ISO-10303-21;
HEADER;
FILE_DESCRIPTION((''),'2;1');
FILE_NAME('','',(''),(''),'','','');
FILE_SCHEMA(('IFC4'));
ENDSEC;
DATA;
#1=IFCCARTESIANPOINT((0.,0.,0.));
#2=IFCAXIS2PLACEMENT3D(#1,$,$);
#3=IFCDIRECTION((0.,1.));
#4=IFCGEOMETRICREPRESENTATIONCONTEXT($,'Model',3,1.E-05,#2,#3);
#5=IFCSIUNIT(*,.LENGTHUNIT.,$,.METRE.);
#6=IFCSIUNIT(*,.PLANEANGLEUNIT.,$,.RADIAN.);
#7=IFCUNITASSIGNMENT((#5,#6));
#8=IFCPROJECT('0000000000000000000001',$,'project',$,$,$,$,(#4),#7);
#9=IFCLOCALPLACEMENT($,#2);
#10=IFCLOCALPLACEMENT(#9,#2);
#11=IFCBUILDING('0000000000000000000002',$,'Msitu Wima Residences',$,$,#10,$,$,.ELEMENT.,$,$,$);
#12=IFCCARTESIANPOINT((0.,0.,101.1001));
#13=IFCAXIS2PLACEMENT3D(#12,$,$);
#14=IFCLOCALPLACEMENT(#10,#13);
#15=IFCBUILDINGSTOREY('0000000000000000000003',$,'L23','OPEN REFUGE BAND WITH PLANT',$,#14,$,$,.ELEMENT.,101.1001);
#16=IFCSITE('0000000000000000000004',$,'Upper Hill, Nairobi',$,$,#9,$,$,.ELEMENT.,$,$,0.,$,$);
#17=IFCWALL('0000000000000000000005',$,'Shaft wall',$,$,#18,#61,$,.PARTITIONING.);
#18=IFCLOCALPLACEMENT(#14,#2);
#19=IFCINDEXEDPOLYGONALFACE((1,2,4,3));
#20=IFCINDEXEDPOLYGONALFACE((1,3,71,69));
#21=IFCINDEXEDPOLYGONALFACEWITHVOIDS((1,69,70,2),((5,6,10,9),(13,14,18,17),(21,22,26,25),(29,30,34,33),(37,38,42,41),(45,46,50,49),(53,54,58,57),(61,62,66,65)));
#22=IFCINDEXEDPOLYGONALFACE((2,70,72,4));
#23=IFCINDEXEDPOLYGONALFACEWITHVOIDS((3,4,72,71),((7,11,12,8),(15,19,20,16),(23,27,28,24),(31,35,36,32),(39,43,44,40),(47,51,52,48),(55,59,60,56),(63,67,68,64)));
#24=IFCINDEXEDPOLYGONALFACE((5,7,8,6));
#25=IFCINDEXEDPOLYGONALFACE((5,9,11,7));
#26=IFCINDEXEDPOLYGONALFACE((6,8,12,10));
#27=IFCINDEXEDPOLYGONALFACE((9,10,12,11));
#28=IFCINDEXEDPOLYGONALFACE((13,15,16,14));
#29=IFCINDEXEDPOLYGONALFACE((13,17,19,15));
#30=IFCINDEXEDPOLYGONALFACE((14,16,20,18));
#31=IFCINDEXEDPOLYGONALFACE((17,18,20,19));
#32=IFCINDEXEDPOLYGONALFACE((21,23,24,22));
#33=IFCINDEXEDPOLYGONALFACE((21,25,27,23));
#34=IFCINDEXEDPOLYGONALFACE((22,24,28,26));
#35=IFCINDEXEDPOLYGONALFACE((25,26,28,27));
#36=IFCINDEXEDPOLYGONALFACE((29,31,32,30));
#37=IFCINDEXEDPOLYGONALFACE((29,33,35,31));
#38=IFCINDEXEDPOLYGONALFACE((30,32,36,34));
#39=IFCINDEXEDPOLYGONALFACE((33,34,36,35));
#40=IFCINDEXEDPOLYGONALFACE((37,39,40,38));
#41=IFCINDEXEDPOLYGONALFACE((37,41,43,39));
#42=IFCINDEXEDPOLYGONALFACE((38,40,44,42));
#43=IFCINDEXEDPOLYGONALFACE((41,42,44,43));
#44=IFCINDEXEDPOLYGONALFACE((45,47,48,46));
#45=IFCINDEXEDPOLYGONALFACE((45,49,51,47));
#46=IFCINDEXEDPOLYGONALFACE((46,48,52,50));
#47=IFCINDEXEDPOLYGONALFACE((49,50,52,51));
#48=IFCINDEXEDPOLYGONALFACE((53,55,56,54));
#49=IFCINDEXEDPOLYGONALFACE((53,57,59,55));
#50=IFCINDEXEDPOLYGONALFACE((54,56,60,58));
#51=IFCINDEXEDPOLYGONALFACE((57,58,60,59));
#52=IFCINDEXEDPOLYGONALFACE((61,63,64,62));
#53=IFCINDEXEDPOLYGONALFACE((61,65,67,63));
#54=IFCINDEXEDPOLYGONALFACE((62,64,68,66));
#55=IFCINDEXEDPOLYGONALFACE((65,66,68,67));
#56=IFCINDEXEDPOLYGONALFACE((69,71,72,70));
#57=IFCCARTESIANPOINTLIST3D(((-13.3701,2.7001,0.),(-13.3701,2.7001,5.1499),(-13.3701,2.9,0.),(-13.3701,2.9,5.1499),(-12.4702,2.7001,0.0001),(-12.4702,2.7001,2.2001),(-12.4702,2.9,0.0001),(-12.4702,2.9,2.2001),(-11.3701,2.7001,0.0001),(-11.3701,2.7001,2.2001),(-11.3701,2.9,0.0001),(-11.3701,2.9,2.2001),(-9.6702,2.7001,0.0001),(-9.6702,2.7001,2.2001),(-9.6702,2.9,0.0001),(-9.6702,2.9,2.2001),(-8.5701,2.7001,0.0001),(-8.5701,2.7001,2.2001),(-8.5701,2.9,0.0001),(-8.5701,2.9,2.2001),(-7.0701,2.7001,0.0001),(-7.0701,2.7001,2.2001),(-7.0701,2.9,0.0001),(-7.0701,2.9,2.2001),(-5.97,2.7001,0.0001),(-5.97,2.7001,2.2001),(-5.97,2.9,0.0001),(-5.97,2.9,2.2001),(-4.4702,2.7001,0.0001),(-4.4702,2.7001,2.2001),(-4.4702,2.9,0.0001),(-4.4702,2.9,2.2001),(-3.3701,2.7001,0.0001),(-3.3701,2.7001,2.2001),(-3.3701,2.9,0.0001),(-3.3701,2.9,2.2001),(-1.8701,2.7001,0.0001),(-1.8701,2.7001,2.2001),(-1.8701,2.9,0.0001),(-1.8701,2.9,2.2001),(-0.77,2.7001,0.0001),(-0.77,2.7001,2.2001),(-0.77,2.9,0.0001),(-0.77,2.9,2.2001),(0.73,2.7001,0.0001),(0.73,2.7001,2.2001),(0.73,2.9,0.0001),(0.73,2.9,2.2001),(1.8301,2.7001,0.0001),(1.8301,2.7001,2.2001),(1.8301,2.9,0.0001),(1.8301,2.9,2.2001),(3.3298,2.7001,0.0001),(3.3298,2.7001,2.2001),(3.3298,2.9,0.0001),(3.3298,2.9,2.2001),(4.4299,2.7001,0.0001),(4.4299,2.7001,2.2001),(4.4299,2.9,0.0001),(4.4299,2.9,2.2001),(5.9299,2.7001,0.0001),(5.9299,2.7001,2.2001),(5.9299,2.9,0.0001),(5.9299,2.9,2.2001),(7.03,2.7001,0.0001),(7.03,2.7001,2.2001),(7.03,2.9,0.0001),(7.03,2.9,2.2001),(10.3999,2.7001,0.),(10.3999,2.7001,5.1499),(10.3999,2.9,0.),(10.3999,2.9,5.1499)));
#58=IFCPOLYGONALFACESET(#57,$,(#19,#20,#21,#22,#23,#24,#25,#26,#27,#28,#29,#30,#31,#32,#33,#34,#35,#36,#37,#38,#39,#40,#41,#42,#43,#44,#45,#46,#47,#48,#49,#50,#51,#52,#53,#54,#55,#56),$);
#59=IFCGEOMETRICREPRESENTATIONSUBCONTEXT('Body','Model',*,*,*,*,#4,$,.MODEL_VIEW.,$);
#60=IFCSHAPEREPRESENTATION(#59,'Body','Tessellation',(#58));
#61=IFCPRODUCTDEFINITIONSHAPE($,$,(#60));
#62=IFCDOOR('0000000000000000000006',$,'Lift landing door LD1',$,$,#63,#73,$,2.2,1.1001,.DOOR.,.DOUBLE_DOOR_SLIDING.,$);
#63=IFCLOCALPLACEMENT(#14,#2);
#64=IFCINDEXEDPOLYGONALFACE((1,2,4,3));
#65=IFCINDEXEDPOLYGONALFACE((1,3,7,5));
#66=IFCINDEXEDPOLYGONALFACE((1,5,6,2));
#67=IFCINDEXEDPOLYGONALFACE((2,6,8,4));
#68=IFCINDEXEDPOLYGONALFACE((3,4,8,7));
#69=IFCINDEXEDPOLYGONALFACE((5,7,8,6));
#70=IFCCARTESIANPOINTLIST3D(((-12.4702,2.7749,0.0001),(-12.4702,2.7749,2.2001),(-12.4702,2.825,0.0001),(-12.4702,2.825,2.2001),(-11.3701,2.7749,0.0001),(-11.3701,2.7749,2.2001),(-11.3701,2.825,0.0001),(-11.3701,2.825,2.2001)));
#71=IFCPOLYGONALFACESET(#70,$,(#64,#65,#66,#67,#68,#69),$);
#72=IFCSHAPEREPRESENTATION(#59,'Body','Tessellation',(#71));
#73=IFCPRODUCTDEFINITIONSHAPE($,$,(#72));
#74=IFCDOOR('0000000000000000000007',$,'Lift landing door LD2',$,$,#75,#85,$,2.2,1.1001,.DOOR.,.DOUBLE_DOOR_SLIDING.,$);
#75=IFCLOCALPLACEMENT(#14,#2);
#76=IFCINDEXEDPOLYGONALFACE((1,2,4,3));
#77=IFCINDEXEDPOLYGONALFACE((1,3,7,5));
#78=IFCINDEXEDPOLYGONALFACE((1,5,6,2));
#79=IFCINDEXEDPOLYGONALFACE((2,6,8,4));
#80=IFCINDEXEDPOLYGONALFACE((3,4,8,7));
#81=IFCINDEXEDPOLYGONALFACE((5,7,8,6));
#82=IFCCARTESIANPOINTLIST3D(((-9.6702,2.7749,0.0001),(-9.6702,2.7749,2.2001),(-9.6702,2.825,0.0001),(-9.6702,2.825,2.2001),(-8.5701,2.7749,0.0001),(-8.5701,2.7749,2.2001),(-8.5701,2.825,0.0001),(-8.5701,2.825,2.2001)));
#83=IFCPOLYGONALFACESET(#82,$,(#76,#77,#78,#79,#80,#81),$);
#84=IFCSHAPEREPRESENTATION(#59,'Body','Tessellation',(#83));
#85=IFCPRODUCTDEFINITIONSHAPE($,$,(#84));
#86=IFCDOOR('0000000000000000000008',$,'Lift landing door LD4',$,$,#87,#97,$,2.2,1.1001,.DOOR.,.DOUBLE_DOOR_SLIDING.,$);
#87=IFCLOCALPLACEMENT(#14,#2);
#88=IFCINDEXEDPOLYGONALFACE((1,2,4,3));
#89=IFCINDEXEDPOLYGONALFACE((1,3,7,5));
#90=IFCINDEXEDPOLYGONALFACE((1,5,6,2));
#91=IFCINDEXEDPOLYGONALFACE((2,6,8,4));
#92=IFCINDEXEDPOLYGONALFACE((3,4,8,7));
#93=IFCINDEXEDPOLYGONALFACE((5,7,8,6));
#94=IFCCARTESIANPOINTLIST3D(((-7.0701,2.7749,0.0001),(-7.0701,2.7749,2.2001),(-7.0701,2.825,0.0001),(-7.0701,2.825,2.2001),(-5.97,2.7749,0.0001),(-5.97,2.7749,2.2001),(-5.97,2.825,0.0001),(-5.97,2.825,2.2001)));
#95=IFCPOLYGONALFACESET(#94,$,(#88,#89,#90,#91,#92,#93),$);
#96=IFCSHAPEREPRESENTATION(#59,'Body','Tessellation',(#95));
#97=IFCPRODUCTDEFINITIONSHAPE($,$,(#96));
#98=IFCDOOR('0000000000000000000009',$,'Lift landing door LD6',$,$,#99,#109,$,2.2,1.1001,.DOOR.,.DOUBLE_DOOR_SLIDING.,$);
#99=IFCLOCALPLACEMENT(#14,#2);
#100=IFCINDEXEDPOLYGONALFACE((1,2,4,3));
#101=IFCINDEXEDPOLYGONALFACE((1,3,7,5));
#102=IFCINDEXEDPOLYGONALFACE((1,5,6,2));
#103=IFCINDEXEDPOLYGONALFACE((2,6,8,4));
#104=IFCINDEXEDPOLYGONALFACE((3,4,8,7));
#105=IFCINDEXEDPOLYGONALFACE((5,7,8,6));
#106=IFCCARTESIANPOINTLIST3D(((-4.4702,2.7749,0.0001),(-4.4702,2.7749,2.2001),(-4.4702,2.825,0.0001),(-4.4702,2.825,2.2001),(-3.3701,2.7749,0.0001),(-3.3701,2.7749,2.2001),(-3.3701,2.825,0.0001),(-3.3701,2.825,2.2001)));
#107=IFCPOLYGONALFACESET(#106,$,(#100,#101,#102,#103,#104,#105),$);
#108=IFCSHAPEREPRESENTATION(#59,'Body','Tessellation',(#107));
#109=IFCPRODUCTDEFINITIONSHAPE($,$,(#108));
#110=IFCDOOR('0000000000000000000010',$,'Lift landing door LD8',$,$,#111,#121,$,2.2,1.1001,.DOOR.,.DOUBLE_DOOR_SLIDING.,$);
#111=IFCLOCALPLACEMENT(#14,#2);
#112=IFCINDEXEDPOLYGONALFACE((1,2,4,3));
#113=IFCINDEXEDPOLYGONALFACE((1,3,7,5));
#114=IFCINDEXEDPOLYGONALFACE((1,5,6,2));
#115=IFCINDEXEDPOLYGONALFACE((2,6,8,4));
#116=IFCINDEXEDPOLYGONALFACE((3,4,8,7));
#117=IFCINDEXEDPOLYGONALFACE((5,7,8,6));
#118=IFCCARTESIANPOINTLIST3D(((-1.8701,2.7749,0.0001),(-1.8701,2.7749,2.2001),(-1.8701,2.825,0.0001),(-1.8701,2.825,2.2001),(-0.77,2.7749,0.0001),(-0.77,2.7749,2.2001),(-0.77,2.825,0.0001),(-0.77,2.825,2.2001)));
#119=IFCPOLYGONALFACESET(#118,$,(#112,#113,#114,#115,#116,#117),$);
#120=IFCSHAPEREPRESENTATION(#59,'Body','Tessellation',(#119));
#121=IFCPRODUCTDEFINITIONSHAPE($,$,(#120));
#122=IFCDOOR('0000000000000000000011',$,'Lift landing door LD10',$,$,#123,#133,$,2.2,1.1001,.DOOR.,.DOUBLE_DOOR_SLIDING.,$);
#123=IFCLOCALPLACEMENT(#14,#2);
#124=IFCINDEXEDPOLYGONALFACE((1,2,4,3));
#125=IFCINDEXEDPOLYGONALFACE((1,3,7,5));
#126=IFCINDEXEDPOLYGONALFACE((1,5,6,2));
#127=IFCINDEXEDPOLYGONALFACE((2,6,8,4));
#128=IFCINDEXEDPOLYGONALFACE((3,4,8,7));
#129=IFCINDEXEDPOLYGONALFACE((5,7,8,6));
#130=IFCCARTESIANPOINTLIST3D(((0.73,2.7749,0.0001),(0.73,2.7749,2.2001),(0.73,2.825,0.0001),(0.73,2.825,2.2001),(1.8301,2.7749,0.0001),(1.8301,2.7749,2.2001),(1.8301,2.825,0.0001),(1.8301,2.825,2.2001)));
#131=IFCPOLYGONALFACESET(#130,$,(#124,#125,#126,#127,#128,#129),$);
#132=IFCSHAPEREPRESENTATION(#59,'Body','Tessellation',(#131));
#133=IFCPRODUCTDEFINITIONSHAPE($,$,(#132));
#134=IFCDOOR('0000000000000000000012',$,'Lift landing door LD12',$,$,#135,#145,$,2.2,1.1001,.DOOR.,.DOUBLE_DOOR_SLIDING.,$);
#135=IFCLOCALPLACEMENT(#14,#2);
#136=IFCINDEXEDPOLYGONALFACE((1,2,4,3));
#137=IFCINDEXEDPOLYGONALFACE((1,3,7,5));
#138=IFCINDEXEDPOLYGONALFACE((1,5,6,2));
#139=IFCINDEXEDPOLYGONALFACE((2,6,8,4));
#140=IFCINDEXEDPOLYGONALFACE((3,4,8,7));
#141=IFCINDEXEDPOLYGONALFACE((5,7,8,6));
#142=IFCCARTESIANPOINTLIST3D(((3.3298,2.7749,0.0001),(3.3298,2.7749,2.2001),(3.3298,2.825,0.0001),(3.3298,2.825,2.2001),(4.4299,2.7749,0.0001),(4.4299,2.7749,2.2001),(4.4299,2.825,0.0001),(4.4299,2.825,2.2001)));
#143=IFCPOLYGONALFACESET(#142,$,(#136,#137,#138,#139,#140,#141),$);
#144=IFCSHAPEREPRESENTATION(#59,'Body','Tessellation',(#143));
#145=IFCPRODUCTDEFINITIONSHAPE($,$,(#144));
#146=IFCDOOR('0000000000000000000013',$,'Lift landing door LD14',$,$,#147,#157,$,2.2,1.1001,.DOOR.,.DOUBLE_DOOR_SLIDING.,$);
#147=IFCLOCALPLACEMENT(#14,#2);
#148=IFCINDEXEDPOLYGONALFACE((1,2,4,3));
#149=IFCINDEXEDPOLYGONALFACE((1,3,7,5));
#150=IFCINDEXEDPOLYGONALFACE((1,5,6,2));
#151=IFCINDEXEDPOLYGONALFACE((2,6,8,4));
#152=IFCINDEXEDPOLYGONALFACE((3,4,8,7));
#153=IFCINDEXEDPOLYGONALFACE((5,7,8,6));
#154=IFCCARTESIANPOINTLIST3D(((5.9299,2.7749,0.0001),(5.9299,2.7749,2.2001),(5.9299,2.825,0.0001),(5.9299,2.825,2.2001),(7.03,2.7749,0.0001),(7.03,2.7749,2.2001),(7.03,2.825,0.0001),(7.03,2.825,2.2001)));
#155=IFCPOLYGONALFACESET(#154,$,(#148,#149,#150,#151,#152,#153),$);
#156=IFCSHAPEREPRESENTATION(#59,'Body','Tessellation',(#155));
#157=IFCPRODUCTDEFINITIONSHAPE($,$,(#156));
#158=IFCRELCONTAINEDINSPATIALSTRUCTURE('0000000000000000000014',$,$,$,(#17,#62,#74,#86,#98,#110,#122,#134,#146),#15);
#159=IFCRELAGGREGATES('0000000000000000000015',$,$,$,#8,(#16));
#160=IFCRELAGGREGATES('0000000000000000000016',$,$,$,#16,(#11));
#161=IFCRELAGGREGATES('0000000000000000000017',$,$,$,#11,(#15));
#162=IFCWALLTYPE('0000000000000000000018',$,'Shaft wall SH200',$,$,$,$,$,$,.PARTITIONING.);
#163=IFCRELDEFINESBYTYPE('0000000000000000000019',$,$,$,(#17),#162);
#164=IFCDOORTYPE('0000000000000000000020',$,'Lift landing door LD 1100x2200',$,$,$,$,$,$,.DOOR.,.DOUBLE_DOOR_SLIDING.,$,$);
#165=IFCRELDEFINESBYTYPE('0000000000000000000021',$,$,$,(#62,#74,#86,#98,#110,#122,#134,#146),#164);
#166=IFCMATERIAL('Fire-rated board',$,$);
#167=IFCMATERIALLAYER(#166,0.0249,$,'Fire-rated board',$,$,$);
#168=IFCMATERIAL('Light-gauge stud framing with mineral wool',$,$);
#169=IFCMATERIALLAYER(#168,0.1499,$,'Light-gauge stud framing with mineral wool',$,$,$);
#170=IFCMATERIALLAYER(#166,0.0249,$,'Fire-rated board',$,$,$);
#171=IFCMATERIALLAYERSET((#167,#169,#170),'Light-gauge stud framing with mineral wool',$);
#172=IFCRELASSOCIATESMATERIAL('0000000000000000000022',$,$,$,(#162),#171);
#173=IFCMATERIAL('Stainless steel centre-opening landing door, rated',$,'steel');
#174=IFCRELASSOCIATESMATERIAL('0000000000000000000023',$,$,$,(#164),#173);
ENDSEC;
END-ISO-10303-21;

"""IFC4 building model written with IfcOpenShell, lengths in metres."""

from ifc_helpers import new_model, si_unit, direction, frame, frame_2d, origin, place, context, subcontext, project, spatial, rectangle, extrude, material, layer, layer_set, type_object, element, fill, save


model = new_model("IFC4")

# Units and contexts
model_context = context("Model", 3, precision=1e-05, world=origin(), true_north=direction((0.0, 1.0)))
body_context = subcontext(model_context, "Body", "Model", "MODEL_VIEW")
ifc_project = project(units=[si_unit("LENGTHUNIT", "METRE"), si_unit("PLANEANGLEUNIT", "RADIAN")], contexts=[model_context])

# Site, building, storey
site_placement = place(None, origin())
site = spatial("IfcSite", under=ifc_project, at=site_placement, Name="Upper Hill, Nairobi", CompositionType="ELEMENT", RefElevation=0.0)
building_placement = place(site_placement, origin())
building = spatial("IfcBuilding", under=site, at=building_placement, Name="Msitu Wima Residences", CompositionType="ELEMENT")
storey_placement = place(building_placement, frame((0.0, 0.0, 101.1001)))
storey = spatial("IfcBuildingStorey", under=building, at=storey_placement, Name="L23", Description="OPEN REFUGE BAND WITH PLANT", CompositionType="ELEMENT", Elevation=101.1001)

# Shared definitions
ifc_material_1 = material(Name="Fire-rated board")
ifc_layer_1 = layer(ifc_material_1, 0.0249, Name="Fire-rated board")
ifc_material_2 = material(Name="Light-gauge stud framing with mineral wool")
ifc_layer_2 = layer(ifc_material_2, 0.1499, Name="Light-gauge stud framing with mineral wool")
ifc_layer_3 = layer(ifc_material_1, 0.0249, Name="Fire-rated board")
ifc_layer_set_1 = layer_set([ifc_layer_1, ifc_layer_2, ifc_layer_3], Name="Light-gauge stud framing with mineral wool")
wall_type_1 = type_object("IfcWallType", Name="Shaft wall SH200", PredefinedType="PARTITIONING", material=ifc_layer_set_1)

# Wall, openings, doors
wall_1_placement = place(storey_placement, frame((-13.3701, 2.8, 0.0), z_axis=(0.0, 0.0, 1.0), x_axis=(1.0, 0.0, 0.0)))
wall_1 = element("IfcWall", 1, at=wall_1_placement, inside=storey, type_object=wall_type_1, Name="Shaft wall", PredefinedType="PARTITIONING", context=body_context, shape_type="SweptSolid", body=[
    extrude(rectangle(XDim=23.77, YDim=0.2, at=frame_2d((11.885, 0.0))), origin(), (0.0, 0.0, 1.0), 5.1499),
])
opening_1_placement = place(wall_1_placement, frame((0.8999, 0.0, 0.0)))
opening_1 = element("IfcOpeningElement", 2, at=opening_1_placement, cuts=wall_1, PredefinedType="OPENING", context=body_context, shape_type="SweptSolid", body=[
    extrude(rectangle(XDim=1.1001, YDim=2.2, at=frame_2d((0.55, 1.1001))), frame((0.0, 0.1099, 0.0), z_axis=(0.0, -1.0, 0.0), x_axis=(1.0, 0.0, 0.0)), (0.0, 0.0, 1.0), 0.22),
])
opening_2_placement = place(wall_1_placement, frame((3.7, 0.0, 0.0)))
opening_2 = element("IfcOpeningElement", 3, at=opening_2_placement, cuts=wall_1, PredefinedType="OPENING", context=body_context, shape_type="SweptSolid", body=[
    extrude(rectangle(XDim=1.1001, YDim=2.2, at=frame_2d((0.55, 1.1001))), frame((0.0, 0.1099, 0.0), z_axis=(0.0, -1.0, 0.0), x_axis=(1.0, 0.0, 0.0)), (0.0, 0.0, 1.0), 0.22),
])
opening_3_placement = place(wall_1_placement, frame((6.3, 0.0, 0.0)))
opening_3 = element("IfcOpeningElement", 4, at=opening_3_placement, cuts=wall_1, PredefinedType="OPENING", context=body_context, shape_type="SweptSolid", body=[
    extrude(rectangle(XDim=1.1001, YDim=2.2, at=frame_2d((0.55, 1.1001))), frame((0.0, 0.1099, 0.0), z_axis=(0.0, -1.0, 0.0), x_axis=(1.0, 0.0, 0.0)), (0.0, 0.0, 1.0), 0.22),
])
opening_4_placement = place(wall_1_placement, frame((8.8999, 0.0, 0.0)))
opening_4 = element("IfcOpeningElement", 5, at=opening_4_placement, cuts=wall_1, PredefinedType="OPENING", context=body_context, shape_type="SweptSolid", body=[
    extrude(rectangle(XDim=1.1001, YDim=2.2, at=frame_2d((0.55, 1.1001))), frame((0.0, 0.1099, 0.0), z_axis=(0.0, -1.0, 0.0), x_axis=(1.0, 0.0, 0.0)), (0.0, 0.0, 1.0), 0.22),
])
opening_5_placement = place(wall_1_placement, frame((11.5, 0.0, 0.0)))
opening_5 = element("IfcOpeningElement", 6, at=opening_5_placement, cuts=wall_1, PredefinedType="OPENING", context=body_context, shape_type="SweptSolid", body=[
    extrude(rectangle(XDim=1.1001, YDim=2.2, at=frame_2d((0.55, 1.1001))), frame((0.0, 0.1099, 0.0), z_axis=(0.0, -1.0, 0.0), x_axis=(1.0, 0.0, 0.0)), (0.0, 0.0, 1.0), 0.22),
])
opening_6_placement = place(wall_1_placement, frame((14.1001, 0.0, 0.0)))
opening_6 = element("IfcOpeningElement", 7, at=opening_6_placement, cuts=wall_1, PredefinedType="OPENING", context=body_context, shape_type="SweptSolid", body=[
    extrude(rectangle(XDim=1.1001, YDim=2.2, at=frame_2d((0.55, 1.1001))), frame((0.0, 0.1099, 0.0), z_axis=(0.0, -1.0, 0.0), x_axis=(1.0, 0.0, 0.0)), (0.0, 0.0, 1.0), 0.22),
])
opening_7_placement = place(wall_1_placement, frame((16.7, 0.0, 0.0)))
opening_7 = element("IfcOpeningElement", 8, at=opening_7_placement, cuts=wall_1, PredefinedType="OPENING", context=body_context, shape_type="SweptSolid", body=[
    extrude(rectangle(XDim=1.1001, YDim=2.2, at=frame_2d((0.55, 1.1001))), frame((0.0, 0.1099, 0.0), z_axis=(0.0, -1.0, 0.0), x_axis=(1.0, 0.0, 0.0)), (0.0, 0.0, 1.0), 0.22),
])
opening_8_placement = place(wall_1_placement, frame((19.3, 0.0, 0.0)))
opening_8 = element("IfcOpeningElement", 9, at=opening_8_placement, cuts=wall_1, PredefinedType="OPENING", context=body_context, shape_type="SweptSolid", body=[
    extrude(rectangle(XDim=1.1001, YDim=2.2, at=frame_2d((0.55, 1.1001))), frame((0.0, 0.1099, 0.0), z_axis=(0.0, -1.0, 0.0), x_axis=(1.0, 0.0, 0.0)), (0.0, 0.0, 1.0), 0.22),
])
ifc_material_3 = material(Name="Stainless steel centre-opening landing door, rated", Category="steel")
door_type_1 = type_object("IfcDoorType", Name="Lift landing door LD 1100x2200", OperationType="DOUBLE_DOOR_SLIDING", PredefinedType="DOOR", material=ifc_material_3)
door_1_placement = place(opening_1_placement, origin())
door_1 = element("IfcDoor", 10, at=door_1_placement, inside=storey, type_object=door_type_1, Name="Lift landing door LD1", OperationType="DOUBLE_DOOR_SLIDING", OverallHeight=2.2, OverallWidth=1.1001, PredefinedType="DOOR", context=body_context, shape_type="SweptSolid", body=[
    extrude(rectangle(XDim=1.1001, YDim=2.2, at=frame_2d((0.55, 1.1001))), frame((0.0, 0.0249, 0.0), z_axis=(0.0, -1.0, 0.0), x_axis=(1.0, 0.0, 0.0)), (0.0, 0.0, 1.0), 0.05),
])
fill(opening_1, door_1)
door_2_placement = place(opening_2_placement, origin())
door_2 = element("IfcDoor", 11, at=door_2_placement, inside=storey, type_object=door_type_1, Name="Lift landing door LD2", OperationType="DOUBLE_DOOR_SLIDING", OverallHeight=2.2, OverallWidth=1.1001, PredefinedType="DOOR", context=body_context, shape_type="SweptSolid", body=[
    extrude(rectangle(XDim=1.1001, YDim=2.2, at=frame_2d((0.55, 1.1001))), frame((0.0, 0.0249, 0.0), z_axis=(0.0, -1.0, 0.0), x_axis=(1.0, 0.0, 0.0)), (0.0, 0.0, 1.0), 0.05),
])
fill(opening_2, door_2)
door_3_placement = place(opening_3_placement, origin())
door_3 = element("IfcDoor", 12, at=door_3_placement, inside=storey, type_object=door_type_1, Name="Lift landing door LD4", OperationType="DOUBLE_DOOR_SLIDING", OverallHeight=2.2, OverallWidth=1.1001, PredefinedType="DOOR", context=body_context, shape_type="SweptSolid", body=[
    extrude(rectangle(XDim=1.1001, YDim=2.2, at=frame_2d((0.55, 1.1001))), frame((0.0, 0.0249, 0.0), z_axis=(0.0, -1.0, 0.0), x_axis=(1.0, 0.0, 0.0)), (0.0, 0.0, 1.0), 0.05),
])
fill(opening_3, door_3)
door_4_placement = place(opening_4_placement, origin())
door_4 = element("IfcDoor", 13, at=door_4_placement, inside=storey, type_object=door_type_1, Name="Lift landing door LD6", OperationType="DOUBLE_DOOR_SLIDING", OverallHeight=2.2, OverallWidth=1.1001, PredefinedType="DOOR", context=body_context, shape_type="SweptSolid", body=[
    extrude(rectangle(XDim=1.1001, YDim=2.2, at=frame_2d((0.55, 1.1001))), frame((0.0, 0.0249, 0.0), z_axis=(0.0, -1.0, 0.0), x_axis=(1.0, 0.0, 0.0)), (0.0, 0.0, 1.0), 0.05),
])
fill(opening_4, door_4)
door_5_placement = place(opening_5_placement, origin())
door_5 = element("IfcDoor", 14, at=door_5_placement, inside=storey, type_object=door_type_1, Name="Lift landing door LD8", OperationType="DOUBLE_DOOR_SLIDING", OverallHeight=2.2, OverallWidth=1.1001, PredefinedType="DOOR", context=body_context, shape_type="SweptSolid", body=[
    extrude(rectangle(XDim=1.1001, YDim=2.2, at=frame_2d((0.55, 1.1001))), frame((0.0, 0.0249, 0.0), z_axis=(0.0, -1.0, 0.0), x_axis=(1.0, 0.0, 0.0)), (0.0, 0.0, 1.0), 0.05),
])
fill(opening_5, door_5)
door_6_placement = place(opening_6_placement, origin())
door_6 = element("IfcDoor", 15, at=door_6_placement, inside=storey, type_object=door_type_1, Name="Lift landing door LD10", OperationType="DOUBLE_DOOR_SLIDING", OverallHeight=2.2, OverallWidth=1.1001, PredefinedType="DOOR", context=body_context, shape_type="SweptSolid", body=[
    extrude(rectangle(XDim=1.1001, YDim=2.2, at=frame_2d((0.55, 1.1001))), frame((0.0, 0.0249, 0.0), z_axis=(0.0, -1.0, 0.0), x_axis=(1.0, 0.0, 0.0)), (0.0, 0.0, 1.0), 0.05),
])
fill(opening_6, door_6)
door_7_placement = place(opening_7_placement, origin())
door_7 = element("IfcDoor", 16, at=door_7_placement, inside=storey, type_object=door_type_1, Name="Lift landing door LD12", OperationType="DOUBLE_DOOR_SLIDING", OverallHeight=2.2, OverallWidth=1.1001, PredefinedType="DOOR", context=body_context, shape_type="SweptSolid", body=[
    extrude(rectangle(XDim=1.1001, YDim=2.2, at=frame_2d((0.55, 1.1001))), frame((0.0, 0.0249, 0.0), z_axis=(0.0, -1.0, 0.0), x_axis=(1.0, 0.0, 0.0)), (0.0, 0.0, 1.0), 0.05),
])
fill(opening_7, door_7)
door_8_placement = place(opening_8_placement, origin())
door_8 = element("IfcDoor", 17, at=door_8_placement, inside=storey, type_object=door_type_1, Name="Lift landing door LD14", OperationType="DOUBLE_DOOR_SLIDING", OverallHeight=2.2, OverallWidth=1.1001, PredefinedType="DOOR", context=body_context, shape_type="SweptSolid", body=[
    extrude(rectangle(XDim=1.1001, YDim=2.2, at=frame_2d((0.55, 1.1001))), frame((0.0, 0.0249, 0.0), z_axis=(0.0, -1.0, 0.0), x_axis=(1.0, 0.0, 0.0)), (0.0, 0.0, 1.0), 0.05),
])
fill(opening_8, door_8)

save(model, "model.ifc")
